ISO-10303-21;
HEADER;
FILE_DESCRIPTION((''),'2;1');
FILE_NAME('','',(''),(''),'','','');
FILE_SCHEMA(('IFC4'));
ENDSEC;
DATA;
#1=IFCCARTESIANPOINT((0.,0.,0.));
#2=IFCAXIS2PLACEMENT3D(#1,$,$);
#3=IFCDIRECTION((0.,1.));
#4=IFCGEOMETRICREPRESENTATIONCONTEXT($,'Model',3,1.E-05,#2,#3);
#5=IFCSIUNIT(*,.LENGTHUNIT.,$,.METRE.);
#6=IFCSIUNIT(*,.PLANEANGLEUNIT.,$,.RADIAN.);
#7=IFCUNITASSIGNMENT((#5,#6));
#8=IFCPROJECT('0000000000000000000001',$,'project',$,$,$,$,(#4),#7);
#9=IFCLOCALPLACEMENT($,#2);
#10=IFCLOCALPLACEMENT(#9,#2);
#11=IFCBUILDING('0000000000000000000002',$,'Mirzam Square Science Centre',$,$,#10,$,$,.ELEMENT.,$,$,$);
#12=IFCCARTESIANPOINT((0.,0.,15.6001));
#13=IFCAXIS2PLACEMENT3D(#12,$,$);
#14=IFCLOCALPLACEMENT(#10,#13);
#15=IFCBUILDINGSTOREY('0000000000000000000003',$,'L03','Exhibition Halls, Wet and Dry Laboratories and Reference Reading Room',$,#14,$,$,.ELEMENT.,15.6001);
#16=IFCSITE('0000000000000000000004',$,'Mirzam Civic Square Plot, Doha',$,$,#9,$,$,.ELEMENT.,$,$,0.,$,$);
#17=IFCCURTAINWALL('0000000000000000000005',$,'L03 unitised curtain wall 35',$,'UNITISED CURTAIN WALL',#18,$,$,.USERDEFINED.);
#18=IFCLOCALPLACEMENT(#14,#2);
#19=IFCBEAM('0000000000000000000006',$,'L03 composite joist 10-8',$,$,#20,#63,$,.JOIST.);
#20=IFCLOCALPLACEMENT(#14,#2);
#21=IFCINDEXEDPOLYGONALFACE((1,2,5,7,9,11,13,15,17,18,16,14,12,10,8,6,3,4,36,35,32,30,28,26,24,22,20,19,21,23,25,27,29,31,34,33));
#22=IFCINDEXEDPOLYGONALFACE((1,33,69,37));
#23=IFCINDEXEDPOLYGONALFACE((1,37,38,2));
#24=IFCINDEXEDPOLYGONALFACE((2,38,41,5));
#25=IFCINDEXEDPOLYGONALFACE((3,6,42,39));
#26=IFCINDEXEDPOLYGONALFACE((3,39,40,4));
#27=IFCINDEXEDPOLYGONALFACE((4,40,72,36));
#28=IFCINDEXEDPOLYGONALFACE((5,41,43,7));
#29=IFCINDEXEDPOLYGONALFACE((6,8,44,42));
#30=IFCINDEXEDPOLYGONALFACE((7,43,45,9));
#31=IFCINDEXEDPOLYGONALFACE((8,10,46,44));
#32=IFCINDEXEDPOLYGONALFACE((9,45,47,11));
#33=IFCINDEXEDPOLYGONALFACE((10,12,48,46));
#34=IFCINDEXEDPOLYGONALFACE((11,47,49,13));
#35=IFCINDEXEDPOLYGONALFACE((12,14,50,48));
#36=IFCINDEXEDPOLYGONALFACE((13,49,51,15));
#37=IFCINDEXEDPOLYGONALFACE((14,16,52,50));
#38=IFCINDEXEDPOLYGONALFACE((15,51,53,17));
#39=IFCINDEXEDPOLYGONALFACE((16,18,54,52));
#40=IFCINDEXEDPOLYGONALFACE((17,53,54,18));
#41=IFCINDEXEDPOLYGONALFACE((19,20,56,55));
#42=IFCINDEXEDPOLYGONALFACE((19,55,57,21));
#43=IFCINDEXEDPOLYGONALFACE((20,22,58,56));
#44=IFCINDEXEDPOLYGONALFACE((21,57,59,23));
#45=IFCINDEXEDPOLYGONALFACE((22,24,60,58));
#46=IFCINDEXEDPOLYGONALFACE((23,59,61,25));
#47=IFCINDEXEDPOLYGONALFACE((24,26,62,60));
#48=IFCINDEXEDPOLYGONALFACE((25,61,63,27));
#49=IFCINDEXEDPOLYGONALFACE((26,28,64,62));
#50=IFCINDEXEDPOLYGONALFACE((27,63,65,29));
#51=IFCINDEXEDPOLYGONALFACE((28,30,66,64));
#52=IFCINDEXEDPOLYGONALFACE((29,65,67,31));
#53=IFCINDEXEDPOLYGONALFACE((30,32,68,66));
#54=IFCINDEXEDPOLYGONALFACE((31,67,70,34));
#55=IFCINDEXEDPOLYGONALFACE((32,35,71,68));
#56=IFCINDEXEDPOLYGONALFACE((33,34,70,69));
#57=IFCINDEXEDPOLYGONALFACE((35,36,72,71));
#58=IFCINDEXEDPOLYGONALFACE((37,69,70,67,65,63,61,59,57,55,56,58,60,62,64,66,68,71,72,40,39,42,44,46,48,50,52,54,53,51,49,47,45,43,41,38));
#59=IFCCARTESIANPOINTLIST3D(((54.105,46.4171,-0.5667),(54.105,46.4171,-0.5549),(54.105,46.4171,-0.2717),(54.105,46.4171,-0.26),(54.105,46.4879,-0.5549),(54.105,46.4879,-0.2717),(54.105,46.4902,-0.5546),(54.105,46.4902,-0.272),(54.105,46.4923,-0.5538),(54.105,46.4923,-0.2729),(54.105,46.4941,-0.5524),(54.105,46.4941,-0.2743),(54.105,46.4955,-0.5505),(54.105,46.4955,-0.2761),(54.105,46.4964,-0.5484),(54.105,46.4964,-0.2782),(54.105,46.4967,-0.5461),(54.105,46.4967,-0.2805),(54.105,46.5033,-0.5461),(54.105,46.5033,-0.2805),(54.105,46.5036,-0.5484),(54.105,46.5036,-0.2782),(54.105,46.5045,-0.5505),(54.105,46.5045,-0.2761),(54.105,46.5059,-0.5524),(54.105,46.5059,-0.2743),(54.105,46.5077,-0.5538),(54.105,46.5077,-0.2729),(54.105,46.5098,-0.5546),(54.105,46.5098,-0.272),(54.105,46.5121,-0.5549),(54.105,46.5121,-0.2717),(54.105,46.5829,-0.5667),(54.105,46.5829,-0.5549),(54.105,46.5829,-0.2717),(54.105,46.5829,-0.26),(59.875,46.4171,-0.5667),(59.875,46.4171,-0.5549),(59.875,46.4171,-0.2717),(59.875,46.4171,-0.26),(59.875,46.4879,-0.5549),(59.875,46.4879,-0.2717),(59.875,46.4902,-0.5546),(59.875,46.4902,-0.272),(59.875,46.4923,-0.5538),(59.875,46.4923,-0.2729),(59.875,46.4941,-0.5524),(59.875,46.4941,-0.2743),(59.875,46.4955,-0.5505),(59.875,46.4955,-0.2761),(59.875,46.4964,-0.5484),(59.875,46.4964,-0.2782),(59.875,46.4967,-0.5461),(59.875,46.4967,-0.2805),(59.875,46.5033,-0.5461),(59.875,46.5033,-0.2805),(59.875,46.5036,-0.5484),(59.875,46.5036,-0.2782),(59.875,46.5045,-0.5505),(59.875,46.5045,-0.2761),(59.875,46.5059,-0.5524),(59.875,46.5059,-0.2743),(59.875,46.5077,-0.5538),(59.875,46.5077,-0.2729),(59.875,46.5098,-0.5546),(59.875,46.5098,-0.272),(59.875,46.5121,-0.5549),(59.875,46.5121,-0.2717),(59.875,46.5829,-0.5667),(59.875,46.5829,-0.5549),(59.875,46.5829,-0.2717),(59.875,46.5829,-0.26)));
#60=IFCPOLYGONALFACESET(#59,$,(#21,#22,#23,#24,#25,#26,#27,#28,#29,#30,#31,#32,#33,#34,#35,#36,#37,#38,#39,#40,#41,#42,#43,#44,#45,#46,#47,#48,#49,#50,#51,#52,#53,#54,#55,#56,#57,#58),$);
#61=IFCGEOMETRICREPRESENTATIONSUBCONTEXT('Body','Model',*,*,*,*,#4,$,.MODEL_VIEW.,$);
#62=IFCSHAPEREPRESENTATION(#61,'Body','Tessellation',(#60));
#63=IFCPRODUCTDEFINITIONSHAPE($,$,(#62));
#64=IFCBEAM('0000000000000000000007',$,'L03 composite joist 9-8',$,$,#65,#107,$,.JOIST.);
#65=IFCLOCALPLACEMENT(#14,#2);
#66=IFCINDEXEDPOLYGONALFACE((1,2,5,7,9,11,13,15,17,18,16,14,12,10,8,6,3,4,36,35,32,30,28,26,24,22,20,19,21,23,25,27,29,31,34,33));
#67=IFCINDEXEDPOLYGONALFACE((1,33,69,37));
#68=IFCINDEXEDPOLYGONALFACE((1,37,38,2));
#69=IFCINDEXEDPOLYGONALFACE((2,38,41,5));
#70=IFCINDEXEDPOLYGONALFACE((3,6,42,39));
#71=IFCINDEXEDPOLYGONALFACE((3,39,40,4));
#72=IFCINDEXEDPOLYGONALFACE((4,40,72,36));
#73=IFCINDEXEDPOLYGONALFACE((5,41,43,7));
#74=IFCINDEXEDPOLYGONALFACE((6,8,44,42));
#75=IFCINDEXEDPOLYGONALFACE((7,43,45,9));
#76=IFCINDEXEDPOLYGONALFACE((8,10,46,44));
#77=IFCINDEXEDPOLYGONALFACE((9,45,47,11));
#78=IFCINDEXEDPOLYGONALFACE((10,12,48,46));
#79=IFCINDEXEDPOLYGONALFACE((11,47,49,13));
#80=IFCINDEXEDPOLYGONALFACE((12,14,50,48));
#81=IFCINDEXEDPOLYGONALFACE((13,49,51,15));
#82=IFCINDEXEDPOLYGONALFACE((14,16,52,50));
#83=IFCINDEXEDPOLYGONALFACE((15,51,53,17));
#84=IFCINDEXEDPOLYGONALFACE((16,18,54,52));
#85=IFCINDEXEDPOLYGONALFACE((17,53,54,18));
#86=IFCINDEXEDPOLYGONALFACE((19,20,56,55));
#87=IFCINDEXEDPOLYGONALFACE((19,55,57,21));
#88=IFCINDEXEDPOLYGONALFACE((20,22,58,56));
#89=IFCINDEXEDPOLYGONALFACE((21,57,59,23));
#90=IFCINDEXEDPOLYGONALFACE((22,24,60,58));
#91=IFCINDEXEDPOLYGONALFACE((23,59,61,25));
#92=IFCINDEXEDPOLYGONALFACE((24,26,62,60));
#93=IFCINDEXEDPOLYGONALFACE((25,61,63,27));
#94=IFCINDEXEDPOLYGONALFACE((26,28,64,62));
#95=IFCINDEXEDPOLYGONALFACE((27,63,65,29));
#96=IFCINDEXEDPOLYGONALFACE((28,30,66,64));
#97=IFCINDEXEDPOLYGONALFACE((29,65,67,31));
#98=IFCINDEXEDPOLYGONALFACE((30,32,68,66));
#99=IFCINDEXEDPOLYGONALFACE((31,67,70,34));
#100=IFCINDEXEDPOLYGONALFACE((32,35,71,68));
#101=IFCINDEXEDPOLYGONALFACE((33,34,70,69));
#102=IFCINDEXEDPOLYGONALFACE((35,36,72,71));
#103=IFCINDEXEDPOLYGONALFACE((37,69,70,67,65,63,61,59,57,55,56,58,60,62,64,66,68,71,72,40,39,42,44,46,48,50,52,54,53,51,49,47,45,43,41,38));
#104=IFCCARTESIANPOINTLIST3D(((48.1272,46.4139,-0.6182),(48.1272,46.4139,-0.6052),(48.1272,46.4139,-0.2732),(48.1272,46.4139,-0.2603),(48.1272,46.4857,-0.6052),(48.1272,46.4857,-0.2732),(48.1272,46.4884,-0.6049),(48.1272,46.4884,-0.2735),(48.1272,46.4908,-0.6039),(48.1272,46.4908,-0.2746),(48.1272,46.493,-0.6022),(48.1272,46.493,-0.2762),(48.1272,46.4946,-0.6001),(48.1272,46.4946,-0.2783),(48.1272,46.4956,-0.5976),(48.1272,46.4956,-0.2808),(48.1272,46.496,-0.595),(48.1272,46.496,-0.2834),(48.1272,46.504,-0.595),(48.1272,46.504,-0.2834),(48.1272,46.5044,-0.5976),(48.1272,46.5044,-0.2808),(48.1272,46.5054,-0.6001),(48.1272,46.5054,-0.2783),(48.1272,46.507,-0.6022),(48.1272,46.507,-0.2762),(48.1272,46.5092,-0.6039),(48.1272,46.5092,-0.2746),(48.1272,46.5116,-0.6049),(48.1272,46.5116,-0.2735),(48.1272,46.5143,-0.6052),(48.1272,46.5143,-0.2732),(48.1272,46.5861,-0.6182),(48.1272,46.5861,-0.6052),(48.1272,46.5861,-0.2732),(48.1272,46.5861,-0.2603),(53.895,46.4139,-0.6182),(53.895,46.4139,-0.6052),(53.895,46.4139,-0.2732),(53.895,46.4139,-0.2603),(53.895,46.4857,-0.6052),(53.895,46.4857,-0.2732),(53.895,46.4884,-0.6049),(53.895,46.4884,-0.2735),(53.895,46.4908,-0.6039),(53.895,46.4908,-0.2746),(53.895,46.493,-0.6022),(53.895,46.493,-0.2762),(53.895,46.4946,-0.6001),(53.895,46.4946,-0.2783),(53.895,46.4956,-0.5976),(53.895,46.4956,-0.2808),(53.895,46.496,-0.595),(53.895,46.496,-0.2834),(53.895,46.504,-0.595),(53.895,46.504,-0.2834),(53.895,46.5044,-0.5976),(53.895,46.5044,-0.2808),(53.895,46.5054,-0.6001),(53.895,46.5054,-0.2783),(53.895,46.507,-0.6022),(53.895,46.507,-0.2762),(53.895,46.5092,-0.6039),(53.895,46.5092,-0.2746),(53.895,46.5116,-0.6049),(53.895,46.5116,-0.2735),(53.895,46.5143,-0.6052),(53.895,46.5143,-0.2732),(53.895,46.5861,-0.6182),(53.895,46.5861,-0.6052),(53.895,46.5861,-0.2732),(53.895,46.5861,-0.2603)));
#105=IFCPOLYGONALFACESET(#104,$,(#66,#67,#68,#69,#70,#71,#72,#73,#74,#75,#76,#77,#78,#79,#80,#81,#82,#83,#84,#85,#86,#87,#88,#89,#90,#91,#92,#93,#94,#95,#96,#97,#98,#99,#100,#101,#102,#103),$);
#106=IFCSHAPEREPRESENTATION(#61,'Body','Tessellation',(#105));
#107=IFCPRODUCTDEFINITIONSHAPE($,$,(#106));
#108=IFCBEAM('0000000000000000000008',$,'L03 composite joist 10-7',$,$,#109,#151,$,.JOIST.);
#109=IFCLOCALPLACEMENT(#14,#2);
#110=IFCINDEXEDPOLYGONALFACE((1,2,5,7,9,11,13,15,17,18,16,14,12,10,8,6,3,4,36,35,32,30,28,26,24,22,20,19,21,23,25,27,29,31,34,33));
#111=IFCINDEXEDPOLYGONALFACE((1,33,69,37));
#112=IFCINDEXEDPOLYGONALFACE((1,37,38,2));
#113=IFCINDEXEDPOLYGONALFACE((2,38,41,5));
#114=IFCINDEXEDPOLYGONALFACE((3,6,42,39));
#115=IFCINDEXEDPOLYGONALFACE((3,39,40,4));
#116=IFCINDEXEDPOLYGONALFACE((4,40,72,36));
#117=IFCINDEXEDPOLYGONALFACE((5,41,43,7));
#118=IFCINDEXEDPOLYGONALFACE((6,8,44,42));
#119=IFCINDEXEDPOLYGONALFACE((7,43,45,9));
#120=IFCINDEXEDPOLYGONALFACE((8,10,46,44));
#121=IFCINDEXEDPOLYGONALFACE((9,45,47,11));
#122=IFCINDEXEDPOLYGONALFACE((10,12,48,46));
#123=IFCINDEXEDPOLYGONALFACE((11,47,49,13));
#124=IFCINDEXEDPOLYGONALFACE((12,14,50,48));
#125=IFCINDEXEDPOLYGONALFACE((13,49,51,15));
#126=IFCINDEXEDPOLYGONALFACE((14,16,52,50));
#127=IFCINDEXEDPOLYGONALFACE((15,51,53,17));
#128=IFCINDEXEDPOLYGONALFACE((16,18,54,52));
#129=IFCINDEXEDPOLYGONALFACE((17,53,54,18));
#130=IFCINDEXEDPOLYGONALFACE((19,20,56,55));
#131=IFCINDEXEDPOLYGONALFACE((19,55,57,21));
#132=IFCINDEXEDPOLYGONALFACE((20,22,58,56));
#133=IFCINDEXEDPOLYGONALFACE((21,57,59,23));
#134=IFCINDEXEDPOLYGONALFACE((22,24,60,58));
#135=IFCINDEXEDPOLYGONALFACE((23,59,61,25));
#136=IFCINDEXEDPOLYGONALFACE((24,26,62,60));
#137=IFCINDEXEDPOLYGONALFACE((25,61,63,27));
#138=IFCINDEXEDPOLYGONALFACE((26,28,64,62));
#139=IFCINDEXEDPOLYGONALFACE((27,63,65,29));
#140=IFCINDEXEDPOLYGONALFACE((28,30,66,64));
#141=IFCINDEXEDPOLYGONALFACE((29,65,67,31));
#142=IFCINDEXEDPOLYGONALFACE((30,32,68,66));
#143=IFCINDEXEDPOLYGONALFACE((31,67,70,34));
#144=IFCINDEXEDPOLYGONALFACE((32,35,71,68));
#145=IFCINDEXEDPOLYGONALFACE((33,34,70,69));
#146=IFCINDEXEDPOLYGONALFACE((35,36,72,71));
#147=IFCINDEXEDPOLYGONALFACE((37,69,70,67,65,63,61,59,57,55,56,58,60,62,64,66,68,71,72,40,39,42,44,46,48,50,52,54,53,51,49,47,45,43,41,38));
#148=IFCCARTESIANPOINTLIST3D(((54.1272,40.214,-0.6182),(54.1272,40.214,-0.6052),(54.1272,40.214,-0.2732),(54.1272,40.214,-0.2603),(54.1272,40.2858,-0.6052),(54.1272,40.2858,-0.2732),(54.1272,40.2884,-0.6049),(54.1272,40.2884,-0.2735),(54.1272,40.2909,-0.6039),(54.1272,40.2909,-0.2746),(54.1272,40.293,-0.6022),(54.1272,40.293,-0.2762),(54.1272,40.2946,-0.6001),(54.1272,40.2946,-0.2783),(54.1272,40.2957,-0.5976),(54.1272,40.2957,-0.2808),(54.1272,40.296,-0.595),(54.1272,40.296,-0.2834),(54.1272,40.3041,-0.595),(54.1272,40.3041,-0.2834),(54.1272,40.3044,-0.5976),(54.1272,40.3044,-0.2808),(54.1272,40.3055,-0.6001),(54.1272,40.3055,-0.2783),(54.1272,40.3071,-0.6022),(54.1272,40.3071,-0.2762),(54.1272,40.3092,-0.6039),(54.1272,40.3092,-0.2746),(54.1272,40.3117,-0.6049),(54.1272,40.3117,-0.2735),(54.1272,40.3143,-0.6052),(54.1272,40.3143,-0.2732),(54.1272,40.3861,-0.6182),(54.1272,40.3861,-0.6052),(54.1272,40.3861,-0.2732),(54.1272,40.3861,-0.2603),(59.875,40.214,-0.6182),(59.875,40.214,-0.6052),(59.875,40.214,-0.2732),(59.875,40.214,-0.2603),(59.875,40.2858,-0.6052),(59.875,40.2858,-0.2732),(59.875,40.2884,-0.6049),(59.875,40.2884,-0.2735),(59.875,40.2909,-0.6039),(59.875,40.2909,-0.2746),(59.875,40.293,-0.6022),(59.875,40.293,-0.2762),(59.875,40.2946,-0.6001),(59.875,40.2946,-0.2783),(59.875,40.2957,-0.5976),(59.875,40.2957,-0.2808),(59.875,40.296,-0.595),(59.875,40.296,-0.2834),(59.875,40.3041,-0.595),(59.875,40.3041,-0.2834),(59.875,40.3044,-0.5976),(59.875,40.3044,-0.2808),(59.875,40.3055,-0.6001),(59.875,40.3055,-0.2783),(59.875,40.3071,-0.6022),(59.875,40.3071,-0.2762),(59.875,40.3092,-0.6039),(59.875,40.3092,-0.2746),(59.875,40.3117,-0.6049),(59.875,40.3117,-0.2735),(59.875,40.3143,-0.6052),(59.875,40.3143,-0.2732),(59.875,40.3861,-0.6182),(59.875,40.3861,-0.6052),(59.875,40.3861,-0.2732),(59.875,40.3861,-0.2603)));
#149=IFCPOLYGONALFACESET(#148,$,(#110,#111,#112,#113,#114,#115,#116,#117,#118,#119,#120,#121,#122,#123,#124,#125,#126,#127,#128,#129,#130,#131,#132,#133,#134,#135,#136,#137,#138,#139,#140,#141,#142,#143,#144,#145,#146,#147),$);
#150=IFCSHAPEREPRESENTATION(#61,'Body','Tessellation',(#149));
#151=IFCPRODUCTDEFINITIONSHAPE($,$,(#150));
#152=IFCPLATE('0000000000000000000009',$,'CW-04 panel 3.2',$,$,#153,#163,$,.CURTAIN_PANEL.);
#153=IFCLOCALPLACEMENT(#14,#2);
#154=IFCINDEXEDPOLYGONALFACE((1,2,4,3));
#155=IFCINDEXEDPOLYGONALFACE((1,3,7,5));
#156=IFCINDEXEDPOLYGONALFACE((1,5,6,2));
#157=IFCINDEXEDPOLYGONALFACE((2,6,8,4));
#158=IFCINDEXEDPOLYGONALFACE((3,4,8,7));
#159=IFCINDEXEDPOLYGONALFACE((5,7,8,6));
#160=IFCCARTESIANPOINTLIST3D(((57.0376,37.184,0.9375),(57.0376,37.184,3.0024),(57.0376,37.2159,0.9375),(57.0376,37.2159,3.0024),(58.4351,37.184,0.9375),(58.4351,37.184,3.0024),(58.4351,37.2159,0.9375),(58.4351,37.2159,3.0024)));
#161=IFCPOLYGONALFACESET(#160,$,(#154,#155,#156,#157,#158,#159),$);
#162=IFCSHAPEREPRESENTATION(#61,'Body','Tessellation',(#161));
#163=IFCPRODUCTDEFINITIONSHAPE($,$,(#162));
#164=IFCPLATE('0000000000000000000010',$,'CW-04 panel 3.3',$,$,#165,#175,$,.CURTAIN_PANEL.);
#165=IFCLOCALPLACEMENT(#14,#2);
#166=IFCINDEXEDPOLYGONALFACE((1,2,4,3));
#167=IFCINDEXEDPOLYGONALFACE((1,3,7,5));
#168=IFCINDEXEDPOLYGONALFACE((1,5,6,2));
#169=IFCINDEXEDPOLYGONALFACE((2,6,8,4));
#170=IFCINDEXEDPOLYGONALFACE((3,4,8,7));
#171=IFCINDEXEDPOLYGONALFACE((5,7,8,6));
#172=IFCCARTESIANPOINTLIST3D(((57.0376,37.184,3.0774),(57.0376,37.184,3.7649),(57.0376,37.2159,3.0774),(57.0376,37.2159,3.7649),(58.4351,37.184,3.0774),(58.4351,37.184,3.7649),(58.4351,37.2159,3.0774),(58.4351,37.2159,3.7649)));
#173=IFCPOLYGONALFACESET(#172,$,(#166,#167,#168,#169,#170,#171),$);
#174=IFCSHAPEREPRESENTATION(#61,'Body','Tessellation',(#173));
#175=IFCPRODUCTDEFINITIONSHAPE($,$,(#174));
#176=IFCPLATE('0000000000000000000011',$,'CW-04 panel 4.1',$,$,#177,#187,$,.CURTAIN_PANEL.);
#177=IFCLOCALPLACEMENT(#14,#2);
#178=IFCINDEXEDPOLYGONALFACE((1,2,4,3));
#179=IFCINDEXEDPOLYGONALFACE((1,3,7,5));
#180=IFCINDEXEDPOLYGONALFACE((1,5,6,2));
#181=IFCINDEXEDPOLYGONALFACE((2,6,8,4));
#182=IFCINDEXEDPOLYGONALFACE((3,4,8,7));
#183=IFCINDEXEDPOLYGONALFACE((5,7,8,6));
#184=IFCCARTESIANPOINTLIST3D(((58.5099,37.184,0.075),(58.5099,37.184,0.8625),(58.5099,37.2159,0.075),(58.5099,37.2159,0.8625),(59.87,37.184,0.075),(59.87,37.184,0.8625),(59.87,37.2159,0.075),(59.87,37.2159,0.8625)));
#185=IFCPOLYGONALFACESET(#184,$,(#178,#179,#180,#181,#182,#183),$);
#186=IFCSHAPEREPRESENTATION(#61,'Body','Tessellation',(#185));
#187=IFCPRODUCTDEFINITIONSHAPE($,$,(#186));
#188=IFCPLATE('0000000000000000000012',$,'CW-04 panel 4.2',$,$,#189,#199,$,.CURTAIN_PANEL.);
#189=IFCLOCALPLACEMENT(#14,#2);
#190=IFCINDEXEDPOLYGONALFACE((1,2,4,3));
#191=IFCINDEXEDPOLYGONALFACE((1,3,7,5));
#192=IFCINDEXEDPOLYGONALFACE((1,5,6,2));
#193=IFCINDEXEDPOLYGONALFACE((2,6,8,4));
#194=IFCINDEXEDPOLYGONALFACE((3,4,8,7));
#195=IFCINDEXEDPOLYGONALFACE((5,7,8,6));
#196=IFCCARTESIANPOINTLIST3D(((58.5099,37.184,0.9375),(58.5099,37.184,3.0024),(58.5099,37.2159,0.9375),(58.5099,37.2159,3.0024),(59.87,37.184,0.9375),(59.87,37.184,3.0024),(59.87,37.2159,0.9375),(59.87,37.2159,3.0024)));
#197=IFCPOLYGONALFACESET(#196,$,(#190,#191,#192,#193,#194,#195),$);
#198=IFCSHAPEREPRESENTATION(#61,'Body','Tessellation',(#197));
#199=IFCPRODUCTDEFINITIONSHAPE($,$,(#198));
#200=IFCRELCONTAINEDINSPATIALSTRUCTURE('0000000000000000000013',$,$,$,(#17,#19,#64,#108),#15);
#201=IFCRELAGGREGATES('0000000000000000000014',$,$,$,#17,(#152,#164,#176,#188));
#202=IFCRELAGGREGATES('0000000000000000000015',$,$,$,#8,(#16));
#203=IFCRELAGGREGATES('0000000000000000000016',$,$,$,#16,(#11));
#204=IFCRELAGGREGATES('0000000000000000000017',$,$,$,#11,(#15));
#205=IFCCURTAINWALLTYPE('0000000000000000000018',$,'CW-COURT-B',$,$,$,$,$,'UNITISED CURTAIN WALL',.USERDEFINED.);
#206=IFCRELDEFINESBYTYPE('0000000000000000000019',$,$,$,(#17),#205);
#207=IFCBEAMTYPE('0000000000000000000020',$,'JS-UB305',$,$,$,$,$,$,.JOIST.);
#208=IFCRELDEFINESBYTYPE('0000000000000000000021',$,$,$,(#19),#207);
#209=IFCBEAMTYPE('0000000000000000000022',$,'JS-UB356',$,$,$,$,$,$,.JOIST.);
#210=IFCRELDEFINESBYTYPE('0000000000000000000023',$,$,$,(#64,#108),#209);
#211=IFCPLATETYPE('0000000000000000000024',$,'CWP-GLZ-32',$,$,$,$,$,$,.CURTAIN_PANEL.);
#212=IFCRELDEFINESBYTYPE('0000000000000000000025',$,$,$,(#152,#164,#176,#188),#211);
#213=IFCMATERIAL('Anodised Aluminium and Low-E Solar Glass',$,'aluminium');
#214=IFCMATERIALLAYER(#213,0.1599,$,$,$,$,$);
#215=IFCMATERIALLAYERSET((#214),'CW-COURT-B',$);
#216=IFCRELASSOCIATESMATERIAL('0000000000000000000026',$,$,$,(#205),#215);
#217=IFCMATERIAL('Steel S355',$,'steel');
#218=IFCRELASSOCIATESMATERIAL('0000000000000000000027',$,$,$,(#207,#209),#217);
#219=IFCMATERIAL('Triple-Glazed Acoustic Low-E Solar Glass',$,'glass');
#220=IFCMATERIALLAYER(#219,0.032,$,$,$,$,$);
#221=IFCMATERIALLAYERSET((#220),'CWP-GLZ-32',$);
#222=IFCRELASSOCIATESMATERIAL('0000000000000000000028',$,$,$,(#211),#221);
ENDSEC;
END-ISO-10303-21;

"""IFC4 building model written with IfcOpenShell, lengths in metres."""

from ifc_helpers import new_model, si_unit, direction, frame, origin, origin_2d, place, context, subcontext, project, spatial, rectangle, i_section, extrude, material, layer, layer_set, material_profile, profile_set, type_object, element, aggregate, save


model = new_model("IFC4")

# Units and contexts
model_context = context("Model", 3, precision=1e-05, world=origin(), true_north=direction((0.0, 1.0)))
body_context = subcontext(model_context, "Body", "Model", "MODEL_VIEW")
ifc_project = project(units=[si_unit("LENGTHUNIT", "METRE"), si_unit("PLANEANGLEUNIT", "RADIAN")], contexts=[model_context])

# Site, building, storey
site_placement = place(None, origin())
site = spatial("IfcSite", under=ifc_project, at=site_placement, Name="Mirzam Civic Square Plot, Doha", CompositionType="ELEMENT", RefElevation=0.0)
building_placement = place(site_placement, origin())
building = spatial("IfcBuilding", under=site, at=building_placement, Name="Mirzam Square Science Centre", CompositionType="ELEMENT")
storey_placement = place(building_placement, frame((0.0, 0.0, 15.6001)))
storey = spatial("IfcBuildingStorey", under=building, at=storey_placement, Name="L03", Description="Exhibition Halls, Wet and Dry Laboratories and Reference Reading Room", CompositionType="ELEMENT", Elevation=15.6001)

# Shared definitions
ifc_material_1 = material(Name="Steel S355", Category="steel")

# Curtain wall
ifc_material_2 = material(Name="Anodised Aluminium and Low-E Solar Glass", Category="aluminium")
ifc_layer_1 = layer(ifc_material_2, 0.1599)
ifc_layer_set_1 = layer_set([ifc_layer_1], Name="CW-COURT-B")
curtain_wall_type = type_object("IfcCurtainWallType", Name="CW-COURT-B", ElementType="UNITISED CURTAIN WALL", PredefinedType="USERDEFINED", material=ifc_layer_set_1)
curtain_wall_placement = place(storey_placement, origin())
curtain_wall = element("IfcCurtainWall", 1, at=curtain_wall_placement, inside=storey, type_object=curtain_wall_type, Name="L03 unitised curtain wall 35", ObjectType="UNITISED CURTAIN WALL", PredefinedType="USERDEFINED")

# Beams
ifc_material_profile_1 = material_profile(ifc_material_1, i_section(OverallWidth=0.1658, OverallDepth=0.3066, WebThickness=0.0066, FlangeThickness=0.0117, FilletRadius=0.0088, at=origin_2d()), Name="305x165x46UB")
ifc_profile_set_1 = profile_set([ifc_material_profile_1], Name="Steel S355")
beam_type_1 = type_object("IfcBeamType", Name="JS-UB305", PredefinedType="JOIST", material=ifc_profile_set_1)
beam_1_placement = place(storey_placement, frame((54.105, 46.5, -0.4133), z_axis=(1.0, 0.0, 0.0), x_axis=(0.0, 1.0, 0.0)))
element("IfcBeam", 2, at=beam_1_placement, inside=storey, type_object=beam_type_1, Name="L03 composite joist 10-8", PredefinedType="JOIST", context=body_context, shape_type="SweptSolid", body=[
    extrude(i_section(OverallWidth=0.1658, OverallDepth=0.3066, WebThickness=0.0066, FlangeThickness=0.0117, FilletRadius=0.0088, at=origin_2d()), origin(), (0.0, 0.0, 1.0), 5.77),
])
ifc_material_profile_2 = material_profile(ifc_material_1, i_section(OverallWidth=0.1721, OverallDepth=0.3579, WebThickness=0.0081, FlangeThickness=0.0129, FilletRadius=0.0103, at=origin_2d()), Name="356x171x57UB")
ifc_profile_set_2 = profile_set([ifc_material_profile_2], Name="Steel S355")
beam_type_2 = type_object("IfcBeamType", Name="JS-UB356", PredefinedType="JOIST", material=ifc_profile_set_2)
beam_2_placement = place(storey_placement, frame((48.1272, 46.5, -0.4392), z_axis=(1.0, 0.0, 0.0), x_axis=(0.0, 1.0, 0.0)))
element("IfcBeam", 3, at=beam_2_placement, inside=storey, type_object=beam_type_2, Name="L03 composite joist 9-8", PredefinedType="JOIST", context=body_context, shape_type="SweptSolid", body=[
    extrude(i_section(OverallWidth=0.1721, OverallDepth=0.3579, WebThickness=0.0081, FlangeThickness=0.0129, FilletRadius=0.0103, at=origin_2d()), origin(), (0.0, 0.0, 1.0), 5.7678),
])
beam_3_placement = place(storey_placement, frame((54.1272, 40.3, -0.4392), z_axis=(1.0, 0.0, 0.0), x_axis=(0.0, 1.0, 0.0)))
element("IfcBeam", 4, at=beam_3_placement, inside=storey, type_object=beam_type_2, Name="L03 composite joist 10-7", PredefinedType="JOIST", context=body_context, shape_type="SweptSolid", body=[
    extrude(i_section(OverallWidth=0.1721, OverallDepth=0.3579, WebThickness=0.0081, FlangeThickness=0.0129, FilletRadius=0.0103, at=origin_2d()), origin(), (0.0, 0.0, 1.0), 5.7478),
])

# Plates
ifc_material_3 = material(Name="Triple-Glazed Acoustic Low-E Solar Glass", Category="glass")
ifc_layer_2 = layer(ifc_material_3, 0.032)
ifc_layer_set_2 = layer_set([ifc_layer_2], Name="CWP-GLZ-32")
plate_type = type_object("IfcPlateType", Name="CWP-GLZ-32", PredefinedType="CURTAIN_PANEL", material=ifc_layer_set_2)
plate_1_placement = place(storey_placement, frame((57.7363, 37.2, 0.9375), z_axis=(0.0, 0.0, 1.0), x_axis=(1.0, 0.0, 0.0)))
plate_1 = element("IfcPlate", 5, at=plate_1_placement, type_object=plate_type, Name="CW-04 panel 3.2", PredefinedType="CURTAIN_PANEL", context=body_context, shape_type="SweptSolid", body=[
    extrude(rectangle(XDim=1.3975, YDim=0.032, at=origin_2d()), origin(), (0.0, 0.0, 1.0), 2.0649),
])
plate_2_placement = place(storey_placement, frame((57.7363, 37.2, 3.0774), z_axis=(0.0, 0.0, 1.0), x_axis=(1.0, 0.0, 0.0)))
plate_2 = element("IfcPlate", 6, at=plate_2_placement, type_object=plate_type, Name="CW-04 panel 3.3", PredefinedType="CURTAIN_PANEL", context=body_context, shape_type="SweptSolid", body=[
    extrude(rectangle(XDim=1.3975, YDim=0.032, at=origin_2d()), origin(), (0.0, 0.0, 1.0), 0.6875),
])
plate_3_placement = place(storey_placement, frame((59.1899, 37.2, 0.075), z_axis=(0.0, 0.0, 1.0), x_axis=(1.0, 0.0, 0.0)))
plate_3 = element("IfcPlate", 7, at=plate_3_placement, type_object=plate_type, Name="CW-04 panel 4.1", PredefinedType="CURTAIN_PANEL", context=body_context, shape_type="SweptSolid", body=[
    extrude(rectangle(XDim=1.3601, YDim=0.032, at=origin_2d()), origin(), (0.0, 0.0, 1.0), 0.7876),
])
plate_4_placement = place(storey_placement, frame((59.1899, 37.2, 0.9375), z_axis=(0.0, 0.0, 1.0), x_axis=(1.0, 0.0, 0.0)))
plate_4 = element("IfcPlate", 8, at=plate_4_placement, type_object=plate_type, Name="CW-04 panel 4.2", PredefinedType="CURTAIN_PANEL", context=body_context, shape_type="SweptSolid", body=[
    extrude(rectangle(XDim=1.3601, YDim=0.032, at=origin_2d()), origin(), (0.0, 0.0, 1.0), 2.0649),
])
aggregate(curtain_wall, [plate_1, plate_2, plate_3, plate_4])

save(model, "model.ifc")
